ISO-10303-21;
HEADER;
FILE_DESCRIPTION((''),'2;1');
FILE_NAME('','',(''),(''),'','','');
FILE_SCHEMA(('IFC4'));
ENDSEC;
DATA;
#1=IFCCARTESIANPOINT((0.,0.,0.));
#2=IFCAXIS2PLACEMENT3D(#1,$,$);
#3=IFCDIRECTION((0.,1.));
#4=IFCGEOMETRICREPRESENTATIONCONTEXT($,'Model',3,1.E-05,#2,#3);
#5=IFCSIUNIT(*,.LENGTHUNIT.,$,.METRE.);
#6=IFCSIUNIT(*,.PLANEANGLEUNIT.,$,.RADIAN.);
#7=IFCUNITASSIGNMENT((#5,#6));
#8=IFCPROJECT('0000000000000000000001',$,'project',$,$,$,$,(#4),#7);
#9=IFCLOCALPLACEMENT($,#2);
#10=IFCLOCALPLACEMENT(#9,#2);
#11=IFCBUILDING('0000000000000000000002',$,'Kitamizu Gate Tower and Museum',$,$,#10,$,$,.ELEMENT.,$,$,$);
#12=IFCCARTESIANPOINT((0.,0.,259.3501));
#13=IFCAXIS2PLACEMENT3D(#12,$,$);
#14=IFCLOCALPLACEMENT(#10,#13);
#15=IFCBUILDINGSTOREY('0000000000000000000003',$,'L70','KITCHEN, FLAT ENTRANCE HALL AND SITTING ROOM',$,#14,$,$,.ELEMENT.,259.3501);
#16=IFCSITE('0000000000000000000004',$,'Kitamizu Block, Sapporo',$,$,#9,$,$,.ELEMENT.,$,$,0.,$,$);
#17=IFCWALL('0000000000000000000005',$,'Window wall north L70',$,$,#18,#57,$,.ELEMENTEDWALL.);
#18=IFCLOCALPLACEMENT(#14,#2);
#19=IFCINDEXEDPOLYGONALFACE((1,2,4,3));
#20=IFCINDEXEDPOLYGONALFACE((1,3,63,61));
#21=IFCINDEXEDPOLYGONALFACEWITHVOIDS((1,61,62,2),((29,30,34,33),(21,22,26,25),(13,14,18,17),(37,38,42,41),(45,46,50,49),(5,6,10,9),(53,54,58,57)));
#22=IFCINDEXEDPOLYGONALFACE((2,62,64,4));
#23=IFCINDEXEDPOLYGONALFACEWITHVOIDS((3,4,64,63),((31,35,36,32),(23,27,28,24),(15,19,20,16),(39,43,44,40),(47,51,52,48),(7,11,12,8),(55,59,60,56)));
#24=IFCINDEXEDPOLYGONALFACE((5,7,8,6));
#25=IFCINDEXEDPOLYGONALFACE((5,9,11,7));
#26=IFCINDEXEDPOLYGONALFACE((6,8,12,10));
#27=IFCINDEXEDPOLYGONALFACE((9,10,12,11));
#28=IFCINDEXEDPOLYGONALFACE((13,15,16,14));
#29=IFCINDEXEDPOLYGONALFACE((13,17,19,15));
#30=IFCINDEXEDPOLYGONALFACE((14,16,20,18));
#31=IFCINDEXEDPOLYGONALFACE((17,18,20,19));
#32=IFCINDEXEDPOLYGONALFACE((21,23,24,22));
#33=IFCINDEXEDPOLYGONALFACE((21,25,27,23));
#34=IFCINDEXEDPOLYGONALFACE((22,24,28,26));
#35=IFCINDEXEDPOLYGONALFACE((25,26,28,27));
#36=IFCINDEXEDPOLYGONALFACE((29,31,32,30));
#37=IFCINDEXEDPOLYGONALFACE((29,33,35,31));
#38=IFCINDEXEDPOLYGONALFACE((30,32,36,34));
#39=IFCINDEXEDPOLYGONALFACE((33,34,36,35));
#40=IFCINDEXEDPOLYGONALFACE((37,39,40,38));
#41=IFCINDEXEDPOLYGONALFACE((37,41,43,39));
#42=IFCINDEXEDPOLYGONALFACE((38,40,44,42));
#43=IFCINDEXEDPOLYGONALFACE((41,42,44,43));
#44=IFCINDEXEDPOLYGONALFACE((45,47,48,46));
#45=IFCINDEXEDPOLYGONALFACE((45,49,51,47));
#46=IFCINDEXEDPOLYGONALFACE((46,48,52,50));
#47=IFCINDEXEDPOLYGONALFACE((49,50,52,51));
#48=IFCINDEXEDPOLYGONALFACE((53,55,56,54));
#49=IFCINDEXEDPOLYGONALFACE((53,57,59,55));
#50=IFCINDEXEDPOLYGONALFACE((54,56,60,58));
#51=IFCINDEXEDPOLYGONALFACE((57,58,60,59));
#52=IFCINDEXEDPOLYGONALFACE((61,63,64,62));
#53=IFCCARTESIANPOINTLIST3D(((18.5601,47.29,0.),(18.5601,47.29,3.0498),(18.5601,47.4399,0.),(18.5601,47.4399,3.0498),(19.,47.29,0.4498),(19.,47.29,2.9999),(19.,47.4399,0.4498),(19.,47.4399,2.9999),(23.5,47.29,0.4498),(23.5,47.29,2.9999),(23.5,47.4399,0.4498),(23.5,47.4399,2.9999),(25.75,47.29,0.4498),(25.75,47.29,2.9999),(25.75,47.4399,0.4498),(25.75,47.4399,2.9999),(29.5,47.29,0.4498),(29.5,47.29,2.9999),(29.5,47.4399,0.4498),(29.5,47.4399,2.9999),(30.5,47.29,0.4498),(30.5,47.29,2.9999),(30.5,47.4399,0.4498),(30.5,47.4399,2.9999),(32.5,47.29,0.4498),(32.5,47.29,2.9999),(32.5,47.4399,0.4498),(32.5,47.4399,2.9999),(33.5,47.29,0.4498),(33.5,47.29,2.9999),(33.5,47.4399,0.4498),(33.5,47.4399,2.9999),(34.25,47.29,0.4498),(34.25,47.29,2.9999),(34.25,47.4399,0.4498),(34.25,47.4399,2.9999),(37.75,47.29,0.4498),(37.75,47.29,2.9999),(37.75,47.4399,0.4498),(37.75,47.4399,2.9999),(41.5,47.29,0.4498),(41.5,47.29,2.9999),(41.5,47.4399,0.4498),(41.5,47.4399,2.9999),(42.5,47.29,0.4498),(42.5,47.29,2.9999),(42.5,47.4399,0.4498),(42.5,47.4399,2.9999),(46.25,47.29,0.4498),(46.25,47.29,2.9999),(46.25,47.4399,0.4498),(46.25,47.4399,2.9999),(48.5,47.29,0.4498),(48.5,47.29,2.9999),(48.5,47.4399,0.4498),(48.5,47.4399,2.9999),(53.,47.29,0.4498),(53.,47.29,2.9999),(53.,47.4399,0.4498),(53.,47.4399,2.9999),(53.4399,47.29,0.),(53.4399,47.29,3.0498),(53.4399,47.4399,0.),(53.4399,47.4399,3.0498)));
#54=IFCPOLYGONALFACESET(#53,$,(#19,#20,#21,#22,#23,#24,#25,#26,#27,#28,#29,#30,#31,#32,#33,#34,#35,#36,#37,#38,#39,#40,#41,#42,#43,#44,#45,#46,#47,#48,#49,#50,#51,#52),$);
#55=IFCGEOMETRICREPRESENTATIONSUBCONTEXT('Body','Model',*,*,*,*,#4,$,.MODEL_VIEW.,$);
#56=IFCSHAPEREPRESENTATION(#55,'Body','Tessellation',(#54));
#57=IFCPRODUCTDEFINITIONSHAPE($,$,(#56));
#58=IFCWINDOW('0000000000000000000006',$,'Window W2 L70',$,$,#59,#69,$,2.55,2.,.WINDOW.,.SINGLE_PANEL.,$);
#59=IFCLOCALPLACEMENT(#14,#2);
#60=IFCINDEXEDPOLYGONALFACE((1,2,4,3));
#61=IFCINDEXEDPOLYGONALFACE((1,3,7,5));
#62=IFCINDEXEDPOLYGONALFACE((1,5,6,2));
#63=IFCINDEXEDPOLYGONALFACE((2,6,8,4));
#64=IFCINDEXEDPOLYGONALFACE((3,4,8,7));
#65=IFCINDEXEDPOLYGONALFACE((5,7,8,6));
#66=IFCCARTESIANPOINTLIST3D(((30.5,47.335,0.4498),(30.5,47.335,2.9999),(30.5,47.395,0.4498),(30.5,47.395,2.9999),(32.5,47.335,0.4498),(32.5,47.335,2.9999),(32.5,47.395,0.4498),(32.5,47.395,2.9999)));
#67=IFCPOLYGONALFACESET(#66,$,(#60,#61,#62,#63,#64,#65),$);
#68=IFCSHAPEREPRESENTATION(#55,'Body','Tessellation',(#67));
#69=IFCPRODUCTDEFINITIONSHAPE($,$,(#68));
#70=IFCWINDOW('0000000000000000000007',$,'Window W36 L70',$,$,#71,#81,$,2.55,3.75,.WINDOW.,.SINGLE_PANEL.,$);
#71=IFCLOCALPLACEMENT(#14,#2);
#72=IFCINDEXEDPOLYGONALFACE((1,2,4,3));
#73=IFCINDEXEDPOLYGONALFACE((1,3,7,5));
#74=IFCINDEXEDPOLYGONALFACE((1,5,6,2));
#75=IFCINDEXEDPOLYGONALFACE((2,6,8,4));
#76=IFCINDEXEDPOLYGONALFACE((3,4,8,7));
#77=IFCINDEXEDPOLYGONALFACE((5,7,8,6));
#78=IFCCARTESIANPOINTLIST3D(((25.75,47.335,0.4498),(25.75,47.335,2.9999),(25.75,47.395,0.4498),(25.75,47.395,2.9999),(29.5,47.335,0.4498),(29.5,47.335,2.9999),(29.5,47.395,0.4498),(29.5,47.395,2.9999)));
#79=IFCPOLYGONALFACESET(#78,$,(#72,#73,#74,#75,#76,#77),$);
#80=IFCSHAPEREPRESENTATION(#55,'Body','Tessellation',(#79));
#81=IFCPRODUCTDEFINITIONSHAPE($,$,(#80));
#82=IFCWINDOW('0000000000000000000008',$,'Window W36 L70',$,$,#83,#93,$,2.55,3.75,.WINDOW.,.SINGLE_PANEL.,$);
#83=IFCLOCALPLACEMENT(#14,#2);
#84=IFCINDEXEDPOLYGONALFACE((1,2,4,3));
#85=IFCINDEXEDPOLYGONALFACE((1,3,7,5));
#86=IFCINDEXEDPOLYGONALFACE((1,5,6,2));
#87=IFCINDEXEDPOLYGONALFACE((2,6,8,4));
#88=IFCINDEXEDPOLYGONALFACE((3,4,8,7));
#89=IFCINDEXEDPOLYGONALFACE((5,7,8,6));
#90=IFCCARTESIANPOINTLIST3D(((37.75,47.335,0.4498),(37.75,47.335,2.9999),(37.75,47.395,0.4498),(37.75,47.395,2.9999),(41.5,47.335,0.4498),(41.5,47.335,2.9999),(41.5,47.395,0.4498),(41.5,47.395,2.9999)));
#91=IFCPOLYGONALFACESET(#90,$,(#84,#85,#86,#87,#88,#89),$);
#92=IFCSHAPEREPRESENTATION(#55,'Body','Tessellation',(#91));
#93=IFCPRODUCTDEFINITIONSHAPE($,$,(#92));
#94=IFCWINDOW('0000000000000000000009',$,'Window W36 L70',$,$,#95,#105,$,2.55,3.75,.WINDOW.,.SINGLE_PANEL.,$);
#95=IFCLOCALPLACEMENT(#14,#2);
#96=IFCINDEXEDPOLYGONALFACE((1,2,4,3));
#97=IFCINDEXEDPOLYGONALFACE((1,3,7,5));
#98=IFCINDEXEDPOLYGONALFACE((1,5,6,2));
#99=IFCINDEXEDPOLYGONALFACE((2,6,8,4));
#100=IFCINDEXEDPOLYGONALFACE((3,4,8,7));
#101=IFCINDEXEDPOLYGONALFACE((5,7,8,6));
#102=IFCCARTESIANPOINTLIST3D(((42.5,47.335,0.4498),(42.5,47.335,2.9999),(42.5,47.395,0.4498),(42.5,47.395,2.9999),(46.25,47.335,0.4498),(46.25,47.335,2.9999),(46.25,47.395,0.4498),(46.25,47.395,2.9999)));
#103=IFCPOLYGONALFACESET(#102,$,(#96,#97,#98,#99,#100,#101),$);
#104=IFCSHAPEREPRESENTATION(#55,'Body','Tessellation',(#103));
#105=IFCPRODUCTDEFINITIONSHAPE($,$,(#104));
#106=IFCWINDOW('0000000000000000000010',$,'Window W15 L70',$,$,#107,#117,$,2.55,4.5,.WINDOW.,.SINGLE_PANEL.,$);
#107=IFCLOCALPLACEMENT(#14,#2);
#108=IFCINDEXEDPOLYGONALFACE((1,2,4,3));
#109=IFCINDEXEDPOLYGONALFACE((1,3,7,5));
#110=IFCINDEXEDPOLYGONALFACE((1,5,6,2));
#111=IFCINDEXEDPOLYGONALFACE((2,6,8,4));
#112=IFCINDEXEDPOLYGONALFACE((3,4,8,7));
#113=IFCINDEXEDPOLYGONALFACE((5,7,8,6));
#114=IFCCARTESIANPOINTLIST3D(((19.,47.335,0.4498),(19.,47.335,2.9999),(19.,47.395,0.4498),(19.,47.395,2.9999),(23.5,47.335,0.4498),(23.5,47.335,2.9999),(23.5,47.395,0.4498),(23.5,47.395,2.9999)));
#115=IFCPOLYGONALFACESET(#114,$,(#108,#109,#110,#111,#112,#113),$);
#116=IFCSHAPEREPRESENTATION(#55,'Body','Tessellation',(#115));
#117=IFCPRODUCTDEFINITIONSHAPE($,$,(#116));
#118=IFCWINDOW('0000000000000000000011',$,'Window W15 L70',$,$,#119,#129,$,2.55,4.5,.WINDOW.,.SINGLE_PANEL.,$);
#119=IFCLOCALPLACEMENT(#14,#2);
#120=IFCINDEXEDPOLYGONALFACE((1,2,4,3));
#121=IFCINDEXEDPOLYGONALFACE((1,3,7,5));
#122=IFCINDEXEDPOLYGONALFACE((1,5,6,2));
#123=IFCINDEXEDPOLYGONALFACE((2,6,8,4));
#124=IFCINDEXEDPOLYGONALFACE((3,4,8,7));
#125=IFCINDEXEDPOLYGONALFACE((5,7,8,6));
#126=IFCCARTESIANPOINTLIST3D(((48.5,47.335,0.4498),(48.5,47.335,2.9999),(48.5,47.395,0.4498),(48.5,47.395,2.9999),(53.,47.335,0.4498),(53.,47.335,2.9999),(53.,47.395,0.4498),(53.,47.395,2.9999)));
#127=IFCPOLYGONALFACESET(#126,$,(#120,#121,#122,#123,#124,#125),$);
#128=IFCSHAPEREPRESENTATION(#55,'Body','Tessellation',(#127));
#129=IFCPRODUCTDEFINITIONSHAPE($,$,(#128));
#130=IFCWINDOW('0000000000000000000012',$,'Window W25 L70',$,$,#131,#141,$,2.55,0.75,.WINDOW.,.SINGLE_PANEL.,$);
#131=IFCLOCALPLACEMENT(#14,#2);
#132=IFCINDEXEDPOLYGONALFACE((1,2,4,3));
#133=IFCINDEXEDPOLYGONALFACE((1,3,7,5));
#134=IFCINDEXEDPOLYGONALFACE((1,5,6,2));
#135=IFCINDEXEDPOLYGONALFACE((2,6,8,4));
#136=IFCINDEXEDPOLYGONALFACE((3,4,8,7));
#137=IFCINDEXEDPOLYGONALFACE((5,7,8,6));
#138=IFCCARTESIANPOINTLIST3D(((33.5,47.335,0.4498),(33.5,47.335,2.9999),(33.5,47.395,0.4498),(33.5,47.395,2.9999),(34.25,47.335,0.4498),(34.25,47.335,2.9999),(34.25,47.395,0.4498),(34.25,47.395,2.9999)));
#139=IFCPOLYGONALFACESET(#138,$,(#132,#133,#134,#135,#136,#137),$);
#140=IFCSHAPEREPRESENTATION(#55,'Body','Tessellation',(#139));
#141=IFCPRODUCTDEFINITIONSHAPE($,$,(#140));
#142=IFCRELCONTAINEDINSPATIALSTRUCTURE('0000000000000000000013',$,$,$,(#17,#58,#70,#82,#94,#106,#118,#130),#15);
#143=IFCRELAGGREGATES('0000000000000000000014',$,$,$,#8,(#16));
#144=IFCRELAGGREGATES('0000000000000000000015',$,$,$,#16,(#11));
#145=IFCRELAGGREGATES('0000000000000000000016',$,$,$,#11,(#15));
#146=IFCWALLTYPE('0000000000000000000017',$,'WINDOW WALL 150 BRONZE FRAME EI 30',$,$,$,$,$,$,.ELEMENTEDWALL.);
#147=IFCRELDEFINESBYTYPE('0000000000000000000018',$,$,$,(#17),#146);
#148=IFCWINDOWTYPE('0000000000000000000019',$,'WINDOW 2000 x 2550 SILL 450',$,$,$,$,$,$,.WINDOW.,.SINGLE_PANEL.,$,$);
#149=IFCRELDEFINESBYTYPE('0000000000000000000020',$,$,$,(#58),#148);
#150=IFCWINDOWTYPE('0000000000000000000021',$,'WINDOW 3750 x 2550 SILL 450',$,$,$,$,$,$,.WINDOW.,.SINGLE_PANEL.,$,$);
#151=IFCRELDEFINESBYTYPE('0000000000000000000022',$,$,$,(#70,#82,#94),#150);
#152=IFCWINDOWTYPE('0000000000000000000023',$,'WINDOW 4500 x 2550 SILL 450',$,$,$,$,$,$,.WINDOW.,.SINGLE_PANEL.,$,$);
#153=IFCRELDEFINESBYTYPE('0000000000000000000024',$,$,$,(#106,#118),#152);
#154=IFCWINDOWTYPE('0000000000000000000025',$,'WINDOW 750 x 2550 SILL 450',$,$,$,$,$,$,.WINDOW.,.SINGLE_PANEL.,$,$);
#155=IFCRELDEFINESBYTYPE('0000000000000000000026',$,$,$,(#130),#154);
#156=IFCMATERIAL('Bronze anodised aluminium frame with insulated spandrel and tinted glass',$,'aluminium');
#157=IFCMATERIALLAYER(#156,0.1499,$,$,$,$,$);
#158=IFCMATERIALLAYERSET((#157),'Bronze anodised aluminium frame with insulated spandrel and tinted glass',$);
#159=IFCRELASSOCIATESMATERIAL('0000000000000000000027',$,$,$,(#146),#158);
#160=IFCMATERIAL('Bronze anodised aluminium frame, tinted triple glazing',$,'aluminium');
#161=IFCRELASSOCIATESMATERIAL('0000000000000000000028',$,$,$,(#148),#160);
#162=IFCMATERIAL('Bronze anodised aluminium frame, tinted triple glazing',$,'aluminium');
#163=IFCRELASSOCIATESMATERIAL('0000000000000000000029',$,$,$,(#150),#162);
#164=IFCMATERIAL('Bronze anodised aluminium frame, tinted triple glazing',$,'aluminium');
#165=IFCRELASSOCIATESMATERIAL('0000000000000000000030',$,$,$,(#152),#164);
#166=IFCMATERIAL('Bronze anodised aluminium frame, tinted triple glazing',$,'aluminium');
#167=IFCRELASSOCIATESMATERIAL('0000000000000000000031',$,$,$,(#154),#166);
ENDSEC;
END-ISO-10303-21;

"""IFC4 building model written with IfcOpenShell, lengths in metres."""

from ifc_helpers import new_model, si_unit, direction, frame, frame_2d, origin, place, context, subcontext, project, spatial, rectangle, extrude, material, layer, layer_set, type_object, element, fill, save


model = new_model("IFC4")

# Units and contexts
model_context = context("Model", 3, precision=1e-05, world=origin(), true_north=direction((0.0, 1.0)))
body_context = subcontext(model_context, "Body", "Model", "MODEL_VIEW")
ifc_project = project(units=[si_unit("LENGTHUNIT", "METRE"), si_unit("PLANEANGLEUNIT", "RADIAN")], contexts=[model_context])

# Site, building, storey
site_placement = place(None, origin())
site = spatial("IfcSite", under=ifc_project, at=site_placement, Name="Kitamizu Block, Sapporo", CompositionType="ELEMENT", RefElevation=0.0)
building_placement = place(site_placement, origin())
building = spatial("IfcBuilding", under=site, at=building_placement, Name="Kitamizu Gate Tower and Museum", CompositionType="ELEMENT")
storey_placement = place(building_placement, frame((0.0, 0.0, 259.3501)))
storey = spatial("IfcBuildingStorey", under=building, at=storey_placement, Name="L70", Description="KITCHEN, FLAT ENTRANCE HALL AND SITTING ROOM", CompositionType="ELEMENT", Elevation=259.3501)

# Wall, openings, windows
ifc_material_1 = material(Name="Bronze anodised aluminium frame with insulated spandrel and tinted glass", Category="aluminium")
ifc_layer_1 = layer(ifc_material_1, 0.1499)
ifc_layer_set_1 = layer_set([ifc_layer_1], Name="Bronze anodised aluminium frame with insulated spandrel and tinted glass")
wall_type_1 = type_object("IfcWallType", Name="WINDOW WALL 150 BRONZE FRAME EI 30", PredefinedType="ELEMENTEDWALL", material=ifc_layer_set_1)
wall_1_placement = place(storey_placement, frame((18.5601, 47.365, 0.0), z_axis=(0.0, 0.0, 1.0), x_axis=(1.0, 0.0, 0.0)))
wall_1 = element("IfcWall", 1, at=wall_1_placement, inside=storey, type_object=wall_type_1, Name="Window wall north L70", PredefinedType="ELEMENTEDWALL", context=body_context, shape_type="SweptSolid", body=[
    extrude(rectangle(XDim=34.8799, YDim=0.1499, at=frame_2d((17.4399, 0.0))), origin(), (0.0, 0.0, 1.0), 3.0498),
])
opening_1_placement = place(wall_1_placement, frame((0.4399, 0.0, 0.45)))
opening_1 = element("IfcOpeningElement", 2, at=opening_1_placement, cuts=wall_1, PredefinedType="OPENING", context=body_context, shape_type="SweptSolid", body=[
    extrude(rectangle(XDim=4.5, YDim=2.55, at=frame_2d((2.25, 1.2749))), frame((0.0, 0.085, 0.0), z_axis=(0.0, -1.0, 0.0), x_axis=(1.0, 0.0, 0.0)), (0.0, 0.0, 1.0), 0.1699),
])
opening_2_placement = place(wall_1_placement, frame((7.1899, 0.0, 0.45)))
opening_2 = element("IfcOpeningElement", 3, at=opening_2_placement, cuts=wall_1, PredefinedType="OPENING", context=body_context, shape_type="SweptSolid", body=[
    extrude(rectangle(XDim=3.75, YDim=2.55, at=frame_2d((1.875, 1.2749))), frame((0.0, 0.085, 0.0), z_axis=(0.0, -1.0, 0.0), x_axis=(1.0, 0.0, 0.0)), (0.0, 0.0, 1.0), 0.1699),
])
opening_3_placement = place(wall_1_placement, frame((11.9399, 0.0, 0.45)))
opening_3 = element("IfcOpeningElement", 4, at=opening_3_placement, cuts=wall_1, PredefinedType="OPENING", context=body_context, shape_type="SweptSolid", body=[
    extrude(rectangle(XDim=2.0, YDim=2.55, at=frame_2d((1.0, 1.2749))), frame((0.0, 0.085, 0.0), z_axis=(0.0, -1.0, 0.0), x_axis=(1.0, 0.0, 0.0)), (0.0, 0.0, 1.0), 0.1699),
])
opening_4_placement = place(wall_1_placement, frame((14.9399, 0.0, 0.45)))
opening_4 = element("IfcOpeningElement", 5, at=opening_4_placement, cuts=wall_1, PredefinedType="OPENING", context=body_context, shape_type="SweptSolid", body=[
    extrude(rectangle(XDim=0.75, YDim=2.55, at=frame_2d((0.375, 1.2749))), frame((0.0, 0.085, 0.0), z_axis=(0.0, -1.0, 0.0), x_axis=(1.0, 0.0, 0.0)), (0.0, 0.0, 1.0), 0.1699),
])
opening_5_placement = place(wall_1_placement, frame((19.1899, 0.0, 0.45)))
opening_5 = element("IfcOpeningElement", 6, at=opening_5_placement, cuts=wall_1, PredefinedType="OPENING", context=body_context, shape_type="SweptSolid", body=[
    extrude(rectangle(XDim=3.75, YDim=2.55, at=frame_2d((1.875, 1.2749))), frame((0.0, 0.085, 0.0), z_axis=(0.0, -1.0, 0.0), x_axis=(1.0, 0.0, 0.0)), (0.0, 0.0, 1.0), 0.1699),
])
opening_6_placement = place(wall_1_placement, frame((23.9399, 0.0, 0.45)))
opening_6 = element("IfcOpeningElement", 7, at=opening_6_placement, cuts=wall_1, PredefinedType="OPENING", context=body_context, shape_type="SweptSolid", body=[
    extrude(rectangle(XDim=3.75, YDim=2.55, at=frame_2d((1.875, 1.2749))), frame((0.0, 0.085, 0.0), z_axis=(0.0, -1.0, 0.0), x_axis=(1.0, 0.0, 0.0)), (0.0, 0.0, 1.0), 0.1699),
])
opening_7_placement = place(wall_1_placement, frame((29.9399, 0.0, 0.45)))
opening_7 = element("IfcOpeningElement", 8, at=opening_7_placement, cuts=wall_1, PredefinedType="OPENING", context=body_context, shape_type="SweptSolid", body=[
    extrude(rectangle(XDim=4.5, YDim=2.55, at=frame_2d((2.25, 1.2749))), frame((0.0, 0.085, 0.0), z_axis=(0.0, -1.0, 0.0), x_axis=(1.0, 0.0, 0.0)), (0.0, 0.0, 1.0), 0.1699),
])
ifc_material_2 = material(Name="Bronze anodised aluminium frame, tinted triple glazing", Category="aluminium")
window_type_1 = type_object("IfcWindowType", Name="WINDOW 2000 x 2550 SILL 450", PartitioningType="SINGLE_PANEL", PredefinedType="WINDOW", material=ifc_material_2)
window_1_placement = place(opening_3_placement, origin())
window_1 = element("IfcWindow", 9, at=window_1_placement, inside=storey, type_object=window_type_1, Name="Window W2 L70", OverallHeight=2.55, OverallWidth=2.0, PartitioningType="SINGLE_PANEL", PredefinedType="WINDOW", context=body_context, shape_type="SweptSolid", body=[
    extrude(rectangle(XDim=2.0, YDim=2.55, at=frame_2d((1.0, 1.2749))), frame((0.0, 0.03, 0.0), z_axis=(0.0, -1.0, 0.0), x_axis=(1.0, 0.0, 0.0)), (0.0, 0.0, 1.0), 0.0601),
])
fill(opening_3, window_1)
ifc_material_3 = material(Name="Bronze anodised aluminium frame, tinted triple glazing", Category="aluminium")
window_type_2 = type_object("IfcWindowType", Name="WINDOW 3750 x 2550 SILL 450", PartitioningType="SINGLE_PANEL", PredefinedType="WINDOW", material=ifc_material_3)
window_2_placement = place(opening_2_placement, origin())
window_2 = element("IfcWindow", 10, at=window_2_placement, inside=storey, type_object=window_type_2, Name="Window W36 L70", OverallHeight=2.55, OverallWidth=3.75, PartitioningType="SINGLE_PANEL", PredefinedType="WINDOW", context=body_context, shape_type="SweptSolid", body=[
    extrude(rectangle(XDim=3.75, YDim=2.55, at=frame_2d((1.875, 1.2749))), frame((0.0, 0.03, 0.0), z_axis=(0.0, -1.0, 0.0), x_axis=(1.0, 0.0, 0.0)), (0.0, 0.0, 1.0), 0.0601),
])
fill(opening_2, window_2)
window_3_placement = place(opening_5_placement, origin())
window_3 = element("IfcWindow", 11, at=window_3_placement, inside=storey, type_object=window_type_2, Name="Window W36 L70", OverallHeight=2.55, OverallWidth=3.75, PartitioningType="SINGLE_PANEL", PredefinedType="WINDOW", context=body_context, shape_type="SweptSolid", body=[
    extrude(rectangle(XDim=3.75, YDim=2.55, at=frame_2d((1.875, 1.2749))), frame((0.0, 0.03, 0.0), z_axis=(0.0, -1.0, 0.0), x_axis=(1.0, 0.0, 0.0)), (0.0, 0.0, 1.0), 0.0601),
])
fill(opening_5, window_3)
window_4_placement = place(opening_6_placement, origin())
window_4 = element("IfcWindow", 12, at=window_4_placement, inside=storey, type_object=window_type_2, Name="Window W36 L70", OverallHeight=2.55, OverallWidth=3.75, PartitioningType="SINGLE_PANEL", PredefinedType="WINDOW", context=body_context, shape_type="SweptSolid", body=[
    extrude(rectangle(XDim=3.75, YDim=2.55, at=frame_2d((1.875, 1.2749))), frame((0.0, 0.03, 0.0), z_axis=(0.0, -1.0, 0.0), x_axis=(1.0, 0.0, 0.0)), (0.0, 0.0, 1.0), 0.0601),
])
fill(opening_6, window_4)
ifc_material_4 = material(Name="Bronze anodised aluminium frame, tinted triple glazing", Category="aluminium")
window_type_3 = type_object("IfcWindowType", Name="WINDOW 4500 x 2550 SILL 450", PartitioningType="SINGLE_PANEL", PredefinedType="WINDOW", material=ifc_material_4)
window_5_placement = place(opening_1_placement, origin())
window_5 = element("IfcWindow", 13, at=window_5_placement, inside=storey, type_object=window_type_3, Name="Window W15 L70", OverallHeight=2.55, OverallWidth=4.5, PartitioningType="SINGLE_PANEL", PredefinedType="WINDOW", context=body_context, shape_type="SweptSolid", body=[
    extrude(rectangle(XDim=4.5, YDim=2.55, at=frame_2d((2.25, 1.2749))), frame((0.0, 0.03, 0.0), z_axis=(0.0, -1.0, 0.0), x_axis=(1.0, 0.0, 0.0)), (0.0, 0.0, 1.0), 0.0601),
])
fill(opening_1, window_5)
window_6_placement = place(opening_7_placement, origin())
window_6 = element("IfcWindow", 14, at=window_6_placement, inside=storey, type_object=window_type_3, Name="Window W15 L70", OverallHeight=2.55, OverallWidth=4.5, PartitioningType="SINGLE_PANEL", PredefinedType="WINDOW", context=body_context, shape_type="SweptSolid", body=[
    extrude(rectangle(XDim=4.5, YDim=2.55, at=frame_2d((2.25, 1.2749))), frame((0.0, 0.03, 0.0), z_axis=(0.0, -1.0, 0.0), x_axis=(1.0, 0.0, 0.0)), (0.0, 0.0, 1.0), 0.0601),
])
fill(opening_7, window_6)
ifc_material_5 = material(Name="Bronze anodised aluminium frame, tinted triple glazing", Category="aluminium")
window_type_4 = type_object("IfcWindowType", Name="WINDOW 750 x 2550 SILL 450", PartitioningType="SINGLE_PANEL", PredefinedType="WINDOW", material=ifc_material_5)
window_7_placement = place(opening_4_placement, origin())
window_7 = element("IfcWindow", 15, at=window_7_placement, inside=storey, type_object=window_type_4, Name="Window W25 L70", OverallHeight=2.55, OverallWidth=0.75, PartitioningType="SINGLE_PANEL", PredefinedType="WINDOW", context=body_context, shape_type="SweptSolid", body=[
    extrude(rectangle(XDim=0.75, YDim=2.55, at=frame_2d((0.375, 1.2749))), frame((0.0, 0.03, 0.0), z_axis=(0.0, -1.0, 0.0), x_axis=(1.0, 0.0, 0.0)), (0.0, 0.0, 1.0), 0.0601),
])
fill(opening_4, window_7)

save(model, "model.ifc")
